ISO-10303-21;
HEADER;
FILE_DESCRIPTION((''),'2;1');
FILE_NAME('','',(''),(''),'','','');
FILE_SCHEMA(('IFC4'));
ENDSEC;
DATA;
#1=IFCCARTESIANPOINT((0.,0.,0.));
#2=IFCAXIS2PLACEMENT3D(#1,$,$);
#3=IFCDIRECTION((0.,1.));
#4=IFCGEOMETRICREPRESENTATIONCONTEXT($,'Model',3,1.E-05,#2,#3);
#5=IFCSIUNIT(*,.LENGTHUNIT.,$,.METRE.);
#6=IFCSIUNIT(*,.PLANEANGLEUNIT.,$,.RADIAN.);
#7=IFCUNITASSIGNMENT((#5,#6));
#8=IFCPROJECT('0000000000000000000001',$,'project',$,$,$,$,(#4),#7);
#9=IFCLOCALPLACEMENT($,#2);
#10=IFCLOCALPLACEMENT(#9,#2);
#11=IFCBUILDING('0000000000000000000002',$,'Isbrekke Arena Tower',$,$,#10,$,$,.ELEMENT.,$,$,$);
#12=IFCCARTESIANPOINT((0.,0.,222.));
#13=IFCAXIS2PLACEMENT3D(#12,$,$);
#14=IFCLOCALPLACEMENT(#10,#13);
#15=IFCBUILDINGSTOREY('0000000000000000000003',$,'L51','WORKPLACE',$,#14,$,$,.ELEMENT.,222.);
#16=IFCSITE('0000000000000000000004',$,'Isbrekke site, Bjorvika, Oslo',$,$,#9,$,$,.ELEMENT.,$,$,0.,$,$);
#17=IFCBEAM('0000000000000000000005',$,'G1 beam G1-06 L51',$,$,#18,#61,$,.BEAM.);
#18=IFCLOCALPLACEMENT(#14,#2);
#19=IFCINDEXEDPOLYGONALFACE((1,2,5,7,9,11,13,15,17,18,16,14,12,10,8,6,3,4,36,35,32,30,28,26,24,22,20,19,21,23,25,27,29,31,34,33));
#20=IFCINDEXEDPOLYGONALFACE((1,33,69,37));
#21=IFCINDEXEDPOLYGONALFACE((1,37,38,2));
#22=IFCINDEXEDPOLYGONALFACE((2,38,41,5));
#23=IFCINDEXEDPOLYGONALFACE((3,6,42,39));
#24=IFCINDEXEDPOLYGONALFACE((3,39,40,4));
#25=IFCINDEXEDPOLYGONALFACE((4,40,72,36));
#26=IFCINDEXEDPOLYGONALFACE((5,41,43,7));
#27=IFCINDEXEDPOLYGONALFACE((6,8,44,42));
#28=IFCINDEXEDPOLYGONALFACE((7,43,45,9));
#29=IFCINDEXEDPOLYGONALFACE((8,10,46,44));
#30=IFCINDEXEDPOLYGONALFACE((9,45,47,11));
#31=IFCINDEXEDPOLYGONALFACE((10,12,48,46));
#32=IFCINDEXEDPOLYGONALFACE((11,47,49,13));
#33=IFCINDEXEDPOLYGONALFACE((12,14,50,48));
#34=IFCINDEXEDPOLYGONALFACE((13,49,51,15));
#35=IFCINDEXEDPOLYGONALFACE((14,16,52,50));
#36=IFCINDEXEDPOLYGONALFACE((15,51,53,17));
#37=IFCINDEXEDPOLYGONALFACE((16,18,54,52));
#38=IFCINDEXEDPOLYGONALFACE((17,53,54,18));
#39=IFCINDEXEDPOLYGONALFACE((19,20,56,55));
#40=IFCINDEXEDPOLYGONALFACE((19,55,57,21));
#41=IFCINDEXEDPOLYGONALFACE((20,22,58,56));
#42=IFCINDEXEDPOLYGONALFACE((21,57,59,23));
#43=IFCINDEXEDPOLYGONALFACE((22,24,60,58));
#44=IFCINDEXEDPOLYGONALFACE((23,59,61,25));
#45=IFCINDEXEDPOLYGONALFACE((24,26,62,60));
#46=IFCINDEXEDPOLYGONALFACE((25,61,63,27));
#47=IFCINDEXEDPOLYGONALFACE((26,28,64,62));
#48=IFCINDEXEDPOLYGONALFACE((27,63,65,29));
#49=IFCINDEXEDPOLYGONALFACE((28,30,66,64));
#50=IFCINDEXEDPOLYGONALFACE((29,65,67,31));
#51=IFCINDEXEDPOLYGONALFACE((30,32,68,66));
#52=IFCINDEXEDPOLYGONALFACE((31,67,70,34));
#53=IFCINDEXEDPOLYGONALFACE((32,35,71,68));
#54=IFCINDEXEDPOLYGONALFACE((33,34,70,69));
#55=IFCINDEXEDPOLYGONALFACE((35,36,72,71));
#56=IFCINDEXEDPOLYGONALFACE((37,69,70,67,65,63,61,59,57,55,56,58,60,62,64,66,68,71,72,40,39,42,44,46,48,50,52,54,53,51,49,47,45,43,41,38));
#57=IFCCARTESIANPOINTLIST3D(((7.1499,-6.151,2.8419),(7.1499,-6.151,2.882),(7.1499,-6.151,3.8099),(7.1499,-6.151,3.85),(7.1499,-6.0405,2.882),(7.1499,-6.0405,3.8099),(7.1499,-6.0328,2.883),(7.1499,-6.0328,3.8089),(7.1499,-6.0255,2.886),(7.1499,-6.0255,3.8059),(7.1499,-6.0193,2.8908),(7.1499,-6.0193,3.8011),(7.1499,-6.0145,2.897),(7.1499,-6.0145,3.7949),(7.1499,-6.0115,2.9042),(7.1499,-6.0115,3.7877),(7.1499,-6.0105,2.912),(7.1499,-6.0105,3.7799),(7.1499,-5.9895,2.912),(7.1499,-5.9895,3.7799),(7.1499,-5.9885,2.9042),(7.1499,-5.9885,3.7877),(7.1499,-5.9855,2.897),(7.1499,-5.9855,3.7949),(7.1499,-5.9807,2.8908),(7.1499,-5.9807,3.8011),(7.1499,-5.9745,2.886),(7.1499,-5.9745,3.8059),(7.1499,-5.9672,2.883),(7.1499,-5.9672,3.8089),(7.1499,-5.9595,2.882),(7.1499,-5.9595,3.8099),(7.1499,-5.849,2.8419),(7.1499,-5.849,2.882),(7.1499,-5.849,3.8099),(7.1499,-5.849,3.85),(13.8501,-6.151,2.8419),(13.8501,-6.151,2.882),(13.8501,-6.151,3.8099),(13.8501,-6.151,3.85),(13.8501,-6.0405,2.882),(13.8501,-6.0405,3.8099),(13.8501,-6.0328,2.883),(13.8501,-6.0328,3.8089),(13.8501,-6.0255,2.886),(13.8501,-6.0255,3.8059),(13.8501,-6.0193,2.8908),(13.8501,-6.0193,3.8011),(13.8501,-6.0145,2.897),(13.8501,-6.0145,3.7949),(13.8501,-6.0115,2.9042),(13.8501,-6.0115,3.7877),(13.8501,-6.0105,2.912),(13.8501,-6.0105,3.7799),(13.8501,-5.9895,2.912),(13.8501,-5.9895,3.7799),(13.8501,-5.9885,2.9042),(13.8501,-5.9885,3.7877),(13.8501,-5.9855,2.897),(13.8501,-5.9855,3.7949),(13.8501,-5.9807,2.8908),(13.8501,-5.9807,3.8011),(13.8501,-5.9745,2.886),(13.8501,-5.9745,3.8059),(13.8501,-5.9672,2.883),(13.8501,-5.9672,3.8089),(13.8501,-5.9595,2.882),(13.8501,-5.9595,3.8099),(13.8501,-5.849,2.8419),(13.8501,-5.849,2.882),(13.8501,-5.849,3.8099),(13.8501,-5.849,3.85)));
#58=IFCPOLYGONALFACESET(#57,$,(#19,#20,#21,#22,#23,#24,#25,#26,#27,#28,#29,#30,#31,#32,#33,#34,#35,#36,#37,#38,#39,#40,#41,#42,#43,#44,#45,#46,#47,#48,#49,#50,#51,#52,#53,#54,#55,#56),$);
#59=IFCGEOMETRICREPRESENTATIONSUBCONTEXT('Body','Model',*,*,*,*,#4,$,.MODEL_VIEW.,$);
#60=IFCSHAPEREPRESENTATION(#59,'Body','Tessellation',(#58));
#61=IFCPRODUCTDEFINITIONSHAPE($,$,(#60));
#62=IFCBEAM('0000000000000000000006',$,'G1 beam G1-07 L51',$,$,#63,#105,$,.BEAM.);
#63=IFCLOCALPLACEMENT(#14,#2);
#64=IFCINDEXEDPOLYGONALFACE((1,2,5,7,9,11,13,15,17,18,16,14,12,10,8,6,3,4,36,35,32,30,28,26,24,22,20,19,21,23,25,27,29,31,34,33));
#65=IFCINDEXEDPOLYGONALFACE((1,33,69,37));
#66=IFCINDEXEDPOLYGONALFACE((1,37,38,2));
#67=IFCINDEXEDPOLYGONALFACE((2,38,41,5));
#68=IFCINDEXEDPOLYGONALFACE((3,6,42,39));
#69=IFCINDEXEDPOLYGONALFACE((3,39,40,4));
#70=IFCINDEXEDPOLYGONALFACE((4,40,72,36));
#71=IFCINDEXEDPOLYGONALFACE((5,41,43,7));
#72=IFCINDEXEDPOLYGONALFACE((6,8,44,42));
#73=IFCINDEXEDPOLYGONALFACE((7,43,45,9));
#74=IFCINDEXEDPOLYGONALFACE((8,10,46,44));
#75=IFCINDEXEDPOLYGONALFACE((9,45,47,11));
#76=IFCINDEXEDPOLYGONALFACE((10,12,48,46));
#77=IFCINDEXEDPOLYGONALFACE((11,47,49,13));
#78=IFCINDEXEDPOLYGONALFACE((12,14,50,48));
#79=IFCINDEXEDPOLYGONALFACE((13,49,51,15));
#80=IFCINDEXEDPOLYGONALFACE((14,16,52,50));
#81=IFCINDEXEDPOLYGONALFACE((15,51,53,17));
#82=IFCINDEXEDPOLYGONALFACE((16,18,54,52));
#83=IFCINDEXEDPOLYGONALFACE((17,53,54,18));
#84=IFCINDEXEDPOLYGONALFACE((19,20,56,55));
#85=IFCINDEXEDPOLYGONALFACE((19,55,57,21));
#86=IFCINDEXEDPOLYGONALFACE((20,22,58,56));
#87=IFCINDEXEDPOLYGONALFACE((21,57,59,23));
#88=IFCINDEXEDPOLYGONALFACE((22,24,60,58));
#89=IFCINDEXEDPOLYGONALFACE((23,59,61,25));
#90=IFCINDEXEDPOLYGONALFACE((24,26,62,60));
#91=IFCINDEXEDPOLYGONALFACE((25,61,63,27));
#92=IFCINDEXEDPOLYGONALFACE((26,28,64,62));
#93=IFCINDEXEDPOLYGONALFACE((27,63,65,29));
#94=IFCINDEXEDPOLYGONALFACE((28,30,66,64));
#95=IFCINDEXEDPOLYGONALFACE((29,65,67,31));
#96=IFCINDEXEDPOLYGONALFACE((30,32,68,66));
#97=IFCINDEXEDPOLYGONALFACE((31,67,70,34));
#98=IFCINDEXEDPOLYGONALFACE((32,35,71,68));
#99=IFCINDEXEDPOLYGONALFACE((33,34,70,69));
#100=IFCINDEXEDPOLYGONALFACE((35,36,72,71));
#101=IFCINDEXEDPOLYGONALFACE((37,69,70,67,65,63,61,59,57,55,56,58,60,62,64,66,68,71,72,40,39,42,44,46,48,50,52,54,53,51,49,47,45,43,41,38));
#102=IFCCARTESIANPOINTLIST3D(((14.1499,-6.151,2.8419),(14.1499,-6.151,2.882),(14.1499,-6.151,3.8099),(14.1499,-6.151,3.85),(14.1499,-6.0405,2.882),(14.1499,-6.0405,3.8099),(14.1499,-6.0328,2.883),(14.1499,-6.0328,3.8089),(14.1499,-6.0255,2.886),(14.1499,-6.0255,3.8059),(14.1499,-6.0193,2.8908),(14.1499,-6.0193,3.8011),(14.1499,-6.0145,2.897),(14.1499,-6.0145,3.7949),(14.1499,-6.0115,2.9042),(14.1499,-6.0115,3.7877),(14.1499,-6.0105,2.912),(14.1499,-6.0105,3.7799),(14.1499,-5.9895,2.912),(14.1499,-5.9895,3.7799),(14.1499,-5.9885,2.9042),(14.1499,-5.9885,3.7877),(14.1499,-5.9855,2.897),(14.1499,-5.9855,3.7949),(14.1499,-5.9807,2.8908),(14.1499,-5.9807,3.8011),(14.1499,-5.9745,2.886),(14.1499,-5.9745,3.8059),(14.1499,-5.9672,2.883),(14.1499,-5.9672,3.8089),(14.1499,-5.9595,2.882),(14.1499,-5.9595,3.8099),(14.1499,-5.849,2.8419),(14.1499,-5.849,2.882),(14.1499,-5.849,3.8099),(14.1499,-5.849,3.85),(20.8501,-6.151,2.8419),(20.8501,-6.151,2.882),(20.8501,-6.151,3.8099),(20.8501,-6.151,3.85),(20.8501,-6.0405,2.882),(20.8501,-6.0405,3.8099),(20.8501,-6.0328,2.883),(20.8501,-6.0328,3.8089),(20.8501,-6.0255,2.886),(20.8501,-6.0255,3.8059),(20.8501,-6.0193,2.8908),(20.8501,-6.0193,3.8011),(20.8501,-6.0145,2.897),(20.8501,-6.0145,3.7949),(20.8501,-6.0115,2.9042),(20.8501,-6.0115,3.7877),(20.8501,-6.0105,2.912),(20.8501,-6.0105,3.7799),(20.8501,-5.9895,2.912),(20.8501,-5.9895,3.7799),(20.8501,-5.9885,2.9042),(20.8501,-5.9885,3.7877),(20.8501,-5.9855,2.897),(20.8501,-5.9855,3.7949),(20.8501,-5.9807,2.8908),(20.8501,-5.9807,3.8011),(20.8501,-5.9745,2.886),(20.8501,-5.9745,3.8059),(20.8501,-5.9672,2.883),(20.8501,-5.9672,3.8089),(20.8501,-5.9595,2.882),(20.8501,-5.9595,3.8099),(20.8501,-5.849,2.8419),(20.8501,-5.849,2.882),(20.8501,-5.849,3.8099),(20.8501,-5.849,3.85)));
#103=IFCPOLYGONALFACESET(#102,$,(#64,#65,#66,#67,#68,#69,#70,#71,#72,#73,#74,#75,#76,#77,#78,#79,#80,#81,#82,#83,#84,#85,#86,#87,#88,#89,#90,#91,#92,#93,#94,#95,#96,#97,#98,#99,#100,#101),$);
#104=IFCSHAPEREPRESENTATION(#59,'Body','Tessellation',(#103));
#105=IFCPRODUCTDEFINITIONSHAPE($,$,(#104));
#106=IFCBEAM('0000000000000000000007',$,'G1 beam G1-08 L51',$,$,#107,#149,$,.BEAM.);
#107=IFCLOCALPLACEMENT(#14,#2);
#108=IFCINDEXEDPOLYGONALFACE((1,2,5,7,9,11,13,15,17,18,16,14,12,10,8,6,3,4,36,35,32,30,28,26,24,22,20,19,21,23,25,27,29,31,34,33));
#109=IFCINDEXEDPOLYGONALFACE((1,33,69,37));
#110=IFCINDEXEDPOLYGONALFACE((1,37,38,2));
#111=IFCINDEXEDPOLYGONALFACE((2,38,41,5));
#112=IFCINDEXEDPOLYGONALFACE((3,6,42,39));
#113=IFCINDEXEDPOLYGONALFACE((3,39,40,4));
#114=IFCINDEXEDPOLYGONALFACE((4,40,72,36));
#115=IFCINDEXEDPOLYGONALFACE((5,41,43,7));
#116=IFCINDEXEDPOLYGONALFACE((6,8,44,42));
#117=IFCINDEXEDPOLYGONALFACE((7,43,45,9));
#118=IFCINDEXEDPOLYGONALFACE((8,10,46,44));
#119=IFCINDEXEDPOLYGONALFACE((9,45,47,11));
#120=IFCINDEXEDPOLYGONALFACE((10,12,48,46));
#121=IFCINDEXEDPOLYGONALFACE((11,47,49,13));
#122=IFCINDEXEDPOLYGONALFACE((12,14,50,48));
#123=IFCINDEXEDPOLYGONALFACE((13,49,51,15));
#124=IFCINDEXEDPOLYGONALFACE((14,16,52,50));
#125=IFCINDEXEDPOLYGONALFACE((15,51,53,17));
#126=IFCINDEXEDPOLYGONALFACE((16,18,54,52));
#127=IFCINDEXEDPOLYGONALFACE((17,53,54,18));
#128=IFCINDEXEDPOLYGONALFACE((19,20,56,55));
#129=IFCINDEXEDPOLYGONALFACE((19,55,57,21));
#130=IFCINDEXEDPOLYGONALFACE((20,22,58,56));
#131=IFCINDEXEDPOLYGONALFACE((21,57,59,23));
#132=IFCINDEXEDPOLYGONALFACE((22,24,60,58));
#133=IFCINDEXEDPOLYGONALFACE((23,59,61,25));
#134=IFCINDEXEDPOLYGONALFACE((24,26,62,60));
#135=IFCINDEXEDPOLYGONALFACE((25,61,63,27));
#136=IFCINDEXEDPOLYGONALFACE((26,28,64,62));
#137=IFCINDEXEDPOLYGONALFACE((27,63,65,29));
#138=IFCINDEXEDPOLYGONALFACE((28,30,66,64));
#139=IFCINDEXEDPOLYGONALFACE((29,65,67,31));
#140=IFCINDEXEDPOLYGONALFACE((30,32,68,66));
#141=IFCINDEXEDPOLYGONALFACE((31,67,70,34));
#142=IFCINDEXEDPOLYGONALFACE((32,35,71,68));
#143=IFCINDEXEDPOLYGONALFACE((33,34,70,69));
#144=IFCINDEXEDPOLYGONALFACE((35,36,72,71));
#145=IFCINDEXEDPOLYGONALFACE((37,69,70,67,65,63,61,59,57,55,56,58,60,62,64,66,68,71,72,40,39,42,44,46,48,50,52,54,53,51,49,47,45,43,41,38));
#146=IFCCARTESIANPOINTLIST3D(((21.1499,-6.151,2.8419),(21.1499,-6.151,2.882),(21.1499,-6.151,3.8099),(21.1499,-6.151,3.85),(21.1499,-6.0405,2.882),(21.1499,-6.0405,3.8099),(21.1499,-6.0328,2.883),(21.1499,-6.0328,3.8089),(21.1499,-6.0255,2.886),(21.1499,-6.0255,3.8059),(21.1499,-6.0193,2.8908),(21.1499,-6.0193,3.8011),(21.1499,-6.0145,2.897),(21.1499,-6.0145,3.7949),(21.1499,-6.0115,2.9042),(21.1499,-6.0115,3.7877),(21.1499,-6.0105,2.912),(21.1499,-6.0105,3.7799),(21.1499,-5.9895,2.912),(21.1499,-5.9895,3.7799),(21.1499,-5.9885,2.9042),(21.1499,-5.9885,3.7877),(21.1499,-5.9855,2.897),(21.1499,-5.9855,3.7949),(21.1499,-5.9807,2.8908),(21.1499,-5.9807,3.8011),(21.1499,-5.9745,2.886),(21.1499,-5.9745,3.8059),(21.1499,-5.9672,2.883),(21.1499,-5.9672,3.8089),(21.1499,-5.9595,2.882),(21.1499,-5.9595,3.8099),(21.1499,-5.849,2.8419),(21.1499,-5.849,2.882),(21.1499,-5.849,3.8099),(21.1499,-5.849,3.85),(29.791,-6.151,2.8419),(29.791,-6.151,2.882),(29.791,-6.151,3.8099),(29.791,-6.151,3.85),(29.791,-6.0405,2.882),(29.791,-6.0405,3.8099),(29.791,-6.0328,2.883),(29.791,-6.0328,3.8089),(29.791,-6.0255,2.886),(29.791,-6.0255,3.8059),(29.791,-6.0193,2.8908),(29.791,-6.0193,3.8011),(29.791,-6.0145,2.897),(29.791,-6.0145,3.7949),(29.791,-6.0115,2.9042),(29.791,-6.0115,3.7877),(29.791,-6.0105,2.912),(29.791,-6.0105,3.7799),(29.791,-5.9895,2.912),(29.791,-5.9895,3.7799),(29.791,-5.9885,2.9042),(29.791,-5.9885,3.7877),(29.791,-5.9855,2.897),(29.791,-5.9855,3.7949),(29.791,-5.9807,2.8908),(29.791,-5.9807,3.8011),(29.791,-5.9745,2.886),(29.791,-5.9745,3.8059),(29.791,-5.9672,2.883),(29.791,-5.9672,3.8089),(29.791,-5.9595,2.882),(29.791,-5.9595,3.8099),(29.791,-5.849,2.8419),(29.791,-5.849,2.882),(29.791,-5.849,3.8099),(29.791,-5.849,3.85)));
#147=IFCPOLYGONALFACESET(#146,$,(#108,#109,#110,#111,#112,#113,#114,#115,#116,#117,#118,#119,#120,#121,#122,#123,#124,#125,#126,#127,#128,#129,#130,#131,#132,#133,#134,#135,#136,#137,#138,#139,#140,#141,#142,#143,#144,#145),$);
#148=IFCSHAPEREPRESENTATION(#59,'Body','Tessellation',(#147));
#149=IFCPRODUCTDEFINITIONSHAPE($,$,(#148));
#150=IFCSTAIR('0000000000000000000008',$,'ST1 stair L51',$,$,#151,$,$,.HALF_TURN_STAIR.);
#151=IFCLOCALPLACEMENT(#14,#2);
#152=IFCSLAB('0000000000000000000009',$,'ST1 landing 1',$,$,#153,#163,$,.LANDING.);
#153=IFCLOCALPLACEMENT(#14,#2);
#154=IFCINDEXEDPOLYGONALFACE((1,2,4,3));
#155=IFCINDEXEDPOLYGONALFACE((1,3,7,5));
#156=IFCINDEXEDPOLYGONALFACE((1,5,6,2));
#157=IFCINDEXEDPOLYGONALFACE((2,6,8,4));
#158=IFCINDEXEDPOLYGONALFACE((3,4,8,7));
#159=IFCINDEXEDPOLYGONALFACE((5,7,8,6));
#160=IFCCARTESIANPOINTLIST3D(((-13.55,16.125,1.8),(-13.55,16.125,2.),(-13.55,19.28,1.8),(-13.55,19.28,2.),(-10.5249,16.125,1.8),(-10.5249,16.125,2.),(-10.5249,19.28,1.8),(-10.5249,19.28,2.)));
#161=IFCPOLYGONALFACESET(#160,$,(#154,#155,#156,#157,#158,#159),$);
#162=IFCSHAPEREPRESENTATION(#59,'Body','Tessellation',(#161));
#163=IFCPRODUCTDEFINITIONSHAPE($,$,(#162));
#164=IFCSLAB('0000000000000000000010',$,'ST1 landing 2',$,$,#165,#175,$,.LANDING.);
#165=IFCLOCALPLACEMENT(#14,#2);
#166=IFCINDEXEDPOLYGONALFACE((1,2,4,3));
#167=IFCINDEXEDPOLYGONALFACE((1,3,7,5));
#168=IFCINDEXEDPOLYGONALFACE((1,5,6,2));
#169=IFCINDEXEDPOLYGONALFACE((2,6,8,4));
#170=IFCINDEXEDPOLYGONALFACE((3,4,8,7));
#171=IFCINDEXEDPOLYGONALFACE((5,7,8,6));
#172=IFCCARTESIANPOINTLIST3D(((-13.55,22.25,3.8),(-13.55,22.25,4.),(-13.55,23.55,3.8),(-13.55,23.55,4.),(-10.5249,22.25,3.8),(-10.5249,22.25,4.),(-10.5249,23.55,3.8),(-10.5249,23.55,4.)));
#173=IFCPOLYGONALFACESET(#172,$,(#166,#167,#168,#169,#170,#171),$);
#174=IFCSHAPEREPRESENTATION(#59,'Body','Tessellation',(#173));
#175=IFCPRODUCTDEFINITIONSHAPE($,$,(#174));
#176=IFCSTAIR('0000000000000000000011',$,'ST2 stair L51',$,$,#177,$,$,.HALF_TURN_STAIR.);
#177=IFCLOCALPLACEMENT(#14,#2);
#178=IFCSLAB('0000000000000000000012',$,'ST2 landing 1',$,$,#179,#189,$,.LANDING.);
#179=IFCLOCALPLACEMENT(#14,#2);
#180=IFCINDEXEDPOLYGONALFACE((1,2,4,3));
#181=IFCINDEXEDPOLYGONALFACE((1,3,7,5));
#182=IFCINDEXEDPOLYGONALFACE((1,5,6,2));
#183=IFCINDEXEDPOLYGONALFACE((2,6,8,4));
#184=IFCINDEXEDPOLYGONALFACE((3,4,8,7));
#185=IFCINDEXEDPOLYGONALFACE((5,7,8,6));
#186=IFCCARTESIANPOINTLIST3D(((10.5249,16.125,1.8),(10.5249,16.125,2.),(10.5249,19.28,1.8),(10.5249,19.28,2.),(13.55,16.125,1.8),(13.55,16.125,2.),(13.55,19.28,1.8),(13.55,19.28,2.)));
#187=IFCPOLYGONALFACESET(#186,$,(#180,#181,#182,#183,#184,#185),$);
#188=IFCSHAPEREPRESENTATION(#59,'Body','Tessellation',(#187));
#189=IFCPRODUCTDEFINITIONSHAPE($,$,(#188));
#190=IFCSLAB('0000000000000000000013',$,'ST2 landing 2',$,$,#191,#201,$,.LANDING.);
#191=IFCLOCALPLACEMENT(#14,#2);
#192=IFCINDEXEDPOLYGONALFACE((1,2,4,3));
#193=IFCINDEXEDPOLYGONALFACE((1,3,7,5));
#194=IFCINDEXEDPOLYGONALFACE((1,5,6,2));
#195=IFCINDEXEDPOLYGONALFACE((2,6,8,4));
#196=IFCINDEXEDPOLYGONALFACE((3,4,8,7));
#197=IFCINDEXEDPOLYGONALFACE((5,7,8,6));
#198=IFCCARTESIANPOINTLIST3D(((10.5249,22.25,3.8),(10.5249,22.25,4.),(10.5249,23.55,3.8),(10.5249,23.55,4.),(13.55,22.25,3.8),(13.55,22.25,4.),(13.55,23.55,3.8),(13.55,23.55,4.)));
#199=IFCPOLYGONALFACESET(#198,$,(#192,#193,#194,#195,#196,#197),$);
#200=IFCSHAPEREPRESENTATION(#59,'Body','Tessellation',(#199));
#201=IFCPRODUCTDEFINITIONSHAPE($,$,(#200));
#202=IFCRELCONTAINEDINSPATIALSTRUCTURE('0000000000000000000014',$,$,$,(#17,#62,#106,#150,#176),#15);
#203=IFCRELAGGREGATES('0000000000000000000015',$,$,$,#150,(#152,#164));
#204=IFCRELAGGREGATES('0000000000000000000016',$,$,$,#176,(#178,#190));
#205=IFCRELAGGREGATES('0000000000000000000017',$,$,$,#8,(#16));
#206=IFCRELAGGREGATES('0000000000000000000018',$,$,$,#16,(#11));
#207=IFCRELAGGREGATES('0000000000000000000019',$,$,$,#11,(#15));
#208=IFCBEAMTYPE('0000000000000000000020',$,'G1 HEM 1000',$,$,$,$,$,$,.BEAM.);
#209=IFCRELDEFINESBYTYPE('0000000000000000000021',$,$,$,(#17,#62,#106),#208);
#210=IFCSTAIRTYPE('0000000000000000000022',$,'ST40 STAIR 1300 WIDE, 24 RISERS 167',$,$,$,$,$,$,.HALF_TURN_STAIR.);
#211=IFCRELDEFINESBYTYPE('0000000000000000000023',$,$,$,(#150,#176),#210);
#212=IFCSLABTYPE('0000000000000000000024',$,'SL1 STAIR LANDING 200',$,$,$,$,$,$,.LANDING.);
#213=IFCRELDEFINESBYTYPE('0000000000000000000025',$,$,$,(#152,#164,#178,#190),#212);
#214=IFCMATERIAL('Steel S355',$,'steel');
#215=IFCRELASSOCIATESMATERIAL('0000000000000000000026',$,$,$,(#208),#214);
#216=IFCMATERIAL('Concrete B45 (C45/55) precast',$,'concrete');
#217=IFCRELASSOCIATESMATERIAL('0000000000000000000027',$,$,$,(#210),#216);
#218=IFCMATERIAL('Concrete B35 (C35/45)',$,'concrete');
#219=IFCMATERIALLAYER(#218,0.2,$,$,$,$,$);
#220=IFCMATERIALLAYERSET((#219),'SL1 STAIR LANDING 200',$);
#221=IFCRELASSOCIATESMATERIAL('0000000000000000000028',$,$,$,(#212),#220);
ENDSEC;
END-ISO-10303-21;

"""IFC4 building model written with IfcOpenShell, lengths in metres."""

from ifc_helpers import new_model, si_unit, direction, frame, origin, origin_2d, place, context, subcontext, project, spatial, polyline, i_section, outline, extrude, material, layer, layer_set, material_profile, profile_set, type_object, element, aggregate, save


model = new_model("IFC4")

# Units and contexts
model_context = context("Model", 3, precision=1e-05, world=origin(), true_north=direction((0.0, 1.0)))
body_context = subcontext(model_context, "Body", "Model", "MODEL_VIEW")
ifc_project = project(units=[si_unit("LENGTHUNIT", "METRE"), si_unit("PLANEANGLEUNIT", "RADIAN")], contexts=[model_context])

# Site, building, storey
site_placement = place(None, origin())
site = spatial("IfcSite", under=ifc_project, at=site_placement, Name="Isbrekke site, Bjorvika, Oslo", CompositionType="ELEMENT", RefElevation=0.0)
building_placement = place(site_placement, origin())
building = spatial("IfcBuilding", under=site, at=building_placement, Name="Isbrekke Arena Tower", CompositionType="ELEMENT")
storey_placement = place(building_placement, frame((0.0, 0.0, 222.0)))
storey = spatial("IfcBuildingStorey", under=building, at=storey_placement, Name="L51", Description="WORKPLACE", CompositionType="ELEMENT", Elevation=222.0)

# Beams
ifc_material_1 = material(Name="Steel S355", Category="steel")
ifc_material_profile_1 = material_profile(ifc_material_1, i_section(OverallWidth=0.302, OverallDepth=1.0081, WebThickness=0.021, FlangeThickness=0.04, FilletRadius=0.03, at=origin_2d()), Name="HEM 1000")
ifc_profile_set_1 = profile_set([ifc_material_profile_1], Name="Steel S355")
beam_type_1 = type_object("IfcBeamType", Name="G1 HEM 1000", PredefinedType="BEAM", material=ifc_profile_set_1)
for number, where, z_axis, x_axis, name in (
    (1, (7.1499, -6.0, 3.3459), (1.0, 0.0, 0.0), (0.0, 1.0, 0.0), "G1 beam G1-06 L51"),
    (2, (14.1499, -6.0, 3.3459), (1.0, 0.0, 0.0), (0.0, 1.0, 0.0), "G1 beam G1-07 L51"),
):
    element("IfcBeam", number, at=place(storey_placement, frame(where, z_axis=z_axis, x_axis=x_axis)), inside=storey, type_object=beam_type_1, Name=name, PredefinedType="BEAM", context=body_context, shape_type="SweptSolid", body=[
        extrude(i_section(OverallWidth=0.302, OverallDepth=1.0081, WebThickness=0.021, FlangeThickness=0.04, FilletRadius=0.03, at=origin_2d()), origin(), (0.0, 0.0, 1.0), 6.7002),
    ])
beam_1_placement = place(storey_placement, frame((21.1499, -6.0, 3.3459), z_axis=(1.0, 0.0, 0.0), x_axis=(0.0, 1.0, 0.0)))
element("IfcBeam", 3, at=beam_1_placement, inside=storey, type_object=beam_type_1, Name="G1 beam G1-08 L51", PredefinedType="BEAM", context=body_context, shape_type="SweptSolid", body=[
    extrude(i_section(OverallWidth=0.302, OverallDepth=1.0081, WebThickness=0.021, FlangeThickness=0.04, FilletRadius=0.03, at=origin_2d()), origin(), (0.0, 0.0, 1.0), 8.6411),
])

# Stairs, slabs
ifc_material_2 = material(Name="Concrete B45 (C45/55) precast", Category="concrete")
stair_type = type_object("IfcStairType", Name="ST40 STAIR 1300 WIDE, 24 RISERS 167", PredefinedType="HALF_TURN_STAIR", material=ifc_material_2)
stair_1_placement = place(storey_placement, origin())
stair_1 = element("IfcStair", 4, at=stair_1_placement, inside=storey, type_object=stair_type, Name="ST1 stair L51", PredefinedType="HALF_TURN_STAIR")
ifc_material_3 = material(Name="Concrete B35 (C35/45)", Category="concrete")
ifc_layer_1 = layer(ifc_material_3, 0.2)
ifc_layer_set_1 = layer_set([ifc_layer_1], Name="SL1 STAIR LANDING 200")
slab_type = type_object("IfcSlabType", Name="SL1 STAIR LANDING 200", PredefinedType="LANDING", material=ifc_layer_set_1)
slab_1_placement = place(storey_placement, frame((0.0, 0.0, 1.8)))
slab_1 = element("IfcSlab", 5, at=slab_1_placement, type_object=slab_type, Name="ST1 landing 1", PredefinedType="LANDING", context=body_context, shape_type="SweptSolid", body=[
    extrude(outline(polyline([(-13.55, 16.125), (-10.5249, 16.125), (-10.5249, 19.28), (-13.55, 19.28), (-13.55, 16.125)])), origin(), (0.0, 0.0, 1.0), 0.2),
])
slab_2_placement = place(storey_placement, frame((0.0, 0.0, 3.8)))
slab_2 = element("IfcSlab", 6, at=slab_2_placement, type_object=slab_type, Name="ST1 landing 2", PredefinedType="LANDING", context=body_context, shape_type="SweptSolid", body=[
    extrude(outline(polyline([(-13.55, 22.25), (-10.5249, 22.25), (-10.5249, 23.55), (-13.55, 23.55), (-13.55, 22.25)])), origin(), (0.0, 0.0, 1.0), 0.2),
])
aggregate(stair_1, [slab_1, slab_2])
stair_2_placement = place(storey_placement, origin())
stair_2 = element("IfcStair", 7, at=stair_2_placement, inside=storey, type_object=stair_type, Name="ST2 stair L51", PredefinedType="HALF_TURN_STAIR")
slab_3_placement = place(storey_placement, frame((0.0, 0.0, 1.8)))
slab_3 = element("IfcSlab", 8, at=slab_3_placement, type_object=slab_type, Name="ST2 landing 1", PredefinedType="LANDING", context=body_context, shape_type="SweptSolid", body=[
    extrude(outline(polyline([(10.5249, 16.125), (13.55, 16.125), (13.55, 19.28), (10.5249, 19.28), (10.5249, 16.125)])), origin(), (0.0, 0.0, 1.0), 0.2),
])
slab_4_placement = place(storey_placement, frame((0.0, 0.0, 3.8)))
slab_4 = element("IfcSlab", 9, at=slab_4_placement, type_object=slab_type, Name="ST2 landing 2", PredefinedType="LANDING", context=body_context, shape_type="SweptSolid", body=[
    extrude(outline(polyline([(10.5249, 22.25), (13.55, 22.25), (13.55, 23.55), (10.5249, 23.55), (10.5249, 22.25)])), origin(), (0.0, 0.0, 1.0), 0.2),
])
aggregate(stair_2, [slab_3, slab_4])

save(model, "model.ifc")
